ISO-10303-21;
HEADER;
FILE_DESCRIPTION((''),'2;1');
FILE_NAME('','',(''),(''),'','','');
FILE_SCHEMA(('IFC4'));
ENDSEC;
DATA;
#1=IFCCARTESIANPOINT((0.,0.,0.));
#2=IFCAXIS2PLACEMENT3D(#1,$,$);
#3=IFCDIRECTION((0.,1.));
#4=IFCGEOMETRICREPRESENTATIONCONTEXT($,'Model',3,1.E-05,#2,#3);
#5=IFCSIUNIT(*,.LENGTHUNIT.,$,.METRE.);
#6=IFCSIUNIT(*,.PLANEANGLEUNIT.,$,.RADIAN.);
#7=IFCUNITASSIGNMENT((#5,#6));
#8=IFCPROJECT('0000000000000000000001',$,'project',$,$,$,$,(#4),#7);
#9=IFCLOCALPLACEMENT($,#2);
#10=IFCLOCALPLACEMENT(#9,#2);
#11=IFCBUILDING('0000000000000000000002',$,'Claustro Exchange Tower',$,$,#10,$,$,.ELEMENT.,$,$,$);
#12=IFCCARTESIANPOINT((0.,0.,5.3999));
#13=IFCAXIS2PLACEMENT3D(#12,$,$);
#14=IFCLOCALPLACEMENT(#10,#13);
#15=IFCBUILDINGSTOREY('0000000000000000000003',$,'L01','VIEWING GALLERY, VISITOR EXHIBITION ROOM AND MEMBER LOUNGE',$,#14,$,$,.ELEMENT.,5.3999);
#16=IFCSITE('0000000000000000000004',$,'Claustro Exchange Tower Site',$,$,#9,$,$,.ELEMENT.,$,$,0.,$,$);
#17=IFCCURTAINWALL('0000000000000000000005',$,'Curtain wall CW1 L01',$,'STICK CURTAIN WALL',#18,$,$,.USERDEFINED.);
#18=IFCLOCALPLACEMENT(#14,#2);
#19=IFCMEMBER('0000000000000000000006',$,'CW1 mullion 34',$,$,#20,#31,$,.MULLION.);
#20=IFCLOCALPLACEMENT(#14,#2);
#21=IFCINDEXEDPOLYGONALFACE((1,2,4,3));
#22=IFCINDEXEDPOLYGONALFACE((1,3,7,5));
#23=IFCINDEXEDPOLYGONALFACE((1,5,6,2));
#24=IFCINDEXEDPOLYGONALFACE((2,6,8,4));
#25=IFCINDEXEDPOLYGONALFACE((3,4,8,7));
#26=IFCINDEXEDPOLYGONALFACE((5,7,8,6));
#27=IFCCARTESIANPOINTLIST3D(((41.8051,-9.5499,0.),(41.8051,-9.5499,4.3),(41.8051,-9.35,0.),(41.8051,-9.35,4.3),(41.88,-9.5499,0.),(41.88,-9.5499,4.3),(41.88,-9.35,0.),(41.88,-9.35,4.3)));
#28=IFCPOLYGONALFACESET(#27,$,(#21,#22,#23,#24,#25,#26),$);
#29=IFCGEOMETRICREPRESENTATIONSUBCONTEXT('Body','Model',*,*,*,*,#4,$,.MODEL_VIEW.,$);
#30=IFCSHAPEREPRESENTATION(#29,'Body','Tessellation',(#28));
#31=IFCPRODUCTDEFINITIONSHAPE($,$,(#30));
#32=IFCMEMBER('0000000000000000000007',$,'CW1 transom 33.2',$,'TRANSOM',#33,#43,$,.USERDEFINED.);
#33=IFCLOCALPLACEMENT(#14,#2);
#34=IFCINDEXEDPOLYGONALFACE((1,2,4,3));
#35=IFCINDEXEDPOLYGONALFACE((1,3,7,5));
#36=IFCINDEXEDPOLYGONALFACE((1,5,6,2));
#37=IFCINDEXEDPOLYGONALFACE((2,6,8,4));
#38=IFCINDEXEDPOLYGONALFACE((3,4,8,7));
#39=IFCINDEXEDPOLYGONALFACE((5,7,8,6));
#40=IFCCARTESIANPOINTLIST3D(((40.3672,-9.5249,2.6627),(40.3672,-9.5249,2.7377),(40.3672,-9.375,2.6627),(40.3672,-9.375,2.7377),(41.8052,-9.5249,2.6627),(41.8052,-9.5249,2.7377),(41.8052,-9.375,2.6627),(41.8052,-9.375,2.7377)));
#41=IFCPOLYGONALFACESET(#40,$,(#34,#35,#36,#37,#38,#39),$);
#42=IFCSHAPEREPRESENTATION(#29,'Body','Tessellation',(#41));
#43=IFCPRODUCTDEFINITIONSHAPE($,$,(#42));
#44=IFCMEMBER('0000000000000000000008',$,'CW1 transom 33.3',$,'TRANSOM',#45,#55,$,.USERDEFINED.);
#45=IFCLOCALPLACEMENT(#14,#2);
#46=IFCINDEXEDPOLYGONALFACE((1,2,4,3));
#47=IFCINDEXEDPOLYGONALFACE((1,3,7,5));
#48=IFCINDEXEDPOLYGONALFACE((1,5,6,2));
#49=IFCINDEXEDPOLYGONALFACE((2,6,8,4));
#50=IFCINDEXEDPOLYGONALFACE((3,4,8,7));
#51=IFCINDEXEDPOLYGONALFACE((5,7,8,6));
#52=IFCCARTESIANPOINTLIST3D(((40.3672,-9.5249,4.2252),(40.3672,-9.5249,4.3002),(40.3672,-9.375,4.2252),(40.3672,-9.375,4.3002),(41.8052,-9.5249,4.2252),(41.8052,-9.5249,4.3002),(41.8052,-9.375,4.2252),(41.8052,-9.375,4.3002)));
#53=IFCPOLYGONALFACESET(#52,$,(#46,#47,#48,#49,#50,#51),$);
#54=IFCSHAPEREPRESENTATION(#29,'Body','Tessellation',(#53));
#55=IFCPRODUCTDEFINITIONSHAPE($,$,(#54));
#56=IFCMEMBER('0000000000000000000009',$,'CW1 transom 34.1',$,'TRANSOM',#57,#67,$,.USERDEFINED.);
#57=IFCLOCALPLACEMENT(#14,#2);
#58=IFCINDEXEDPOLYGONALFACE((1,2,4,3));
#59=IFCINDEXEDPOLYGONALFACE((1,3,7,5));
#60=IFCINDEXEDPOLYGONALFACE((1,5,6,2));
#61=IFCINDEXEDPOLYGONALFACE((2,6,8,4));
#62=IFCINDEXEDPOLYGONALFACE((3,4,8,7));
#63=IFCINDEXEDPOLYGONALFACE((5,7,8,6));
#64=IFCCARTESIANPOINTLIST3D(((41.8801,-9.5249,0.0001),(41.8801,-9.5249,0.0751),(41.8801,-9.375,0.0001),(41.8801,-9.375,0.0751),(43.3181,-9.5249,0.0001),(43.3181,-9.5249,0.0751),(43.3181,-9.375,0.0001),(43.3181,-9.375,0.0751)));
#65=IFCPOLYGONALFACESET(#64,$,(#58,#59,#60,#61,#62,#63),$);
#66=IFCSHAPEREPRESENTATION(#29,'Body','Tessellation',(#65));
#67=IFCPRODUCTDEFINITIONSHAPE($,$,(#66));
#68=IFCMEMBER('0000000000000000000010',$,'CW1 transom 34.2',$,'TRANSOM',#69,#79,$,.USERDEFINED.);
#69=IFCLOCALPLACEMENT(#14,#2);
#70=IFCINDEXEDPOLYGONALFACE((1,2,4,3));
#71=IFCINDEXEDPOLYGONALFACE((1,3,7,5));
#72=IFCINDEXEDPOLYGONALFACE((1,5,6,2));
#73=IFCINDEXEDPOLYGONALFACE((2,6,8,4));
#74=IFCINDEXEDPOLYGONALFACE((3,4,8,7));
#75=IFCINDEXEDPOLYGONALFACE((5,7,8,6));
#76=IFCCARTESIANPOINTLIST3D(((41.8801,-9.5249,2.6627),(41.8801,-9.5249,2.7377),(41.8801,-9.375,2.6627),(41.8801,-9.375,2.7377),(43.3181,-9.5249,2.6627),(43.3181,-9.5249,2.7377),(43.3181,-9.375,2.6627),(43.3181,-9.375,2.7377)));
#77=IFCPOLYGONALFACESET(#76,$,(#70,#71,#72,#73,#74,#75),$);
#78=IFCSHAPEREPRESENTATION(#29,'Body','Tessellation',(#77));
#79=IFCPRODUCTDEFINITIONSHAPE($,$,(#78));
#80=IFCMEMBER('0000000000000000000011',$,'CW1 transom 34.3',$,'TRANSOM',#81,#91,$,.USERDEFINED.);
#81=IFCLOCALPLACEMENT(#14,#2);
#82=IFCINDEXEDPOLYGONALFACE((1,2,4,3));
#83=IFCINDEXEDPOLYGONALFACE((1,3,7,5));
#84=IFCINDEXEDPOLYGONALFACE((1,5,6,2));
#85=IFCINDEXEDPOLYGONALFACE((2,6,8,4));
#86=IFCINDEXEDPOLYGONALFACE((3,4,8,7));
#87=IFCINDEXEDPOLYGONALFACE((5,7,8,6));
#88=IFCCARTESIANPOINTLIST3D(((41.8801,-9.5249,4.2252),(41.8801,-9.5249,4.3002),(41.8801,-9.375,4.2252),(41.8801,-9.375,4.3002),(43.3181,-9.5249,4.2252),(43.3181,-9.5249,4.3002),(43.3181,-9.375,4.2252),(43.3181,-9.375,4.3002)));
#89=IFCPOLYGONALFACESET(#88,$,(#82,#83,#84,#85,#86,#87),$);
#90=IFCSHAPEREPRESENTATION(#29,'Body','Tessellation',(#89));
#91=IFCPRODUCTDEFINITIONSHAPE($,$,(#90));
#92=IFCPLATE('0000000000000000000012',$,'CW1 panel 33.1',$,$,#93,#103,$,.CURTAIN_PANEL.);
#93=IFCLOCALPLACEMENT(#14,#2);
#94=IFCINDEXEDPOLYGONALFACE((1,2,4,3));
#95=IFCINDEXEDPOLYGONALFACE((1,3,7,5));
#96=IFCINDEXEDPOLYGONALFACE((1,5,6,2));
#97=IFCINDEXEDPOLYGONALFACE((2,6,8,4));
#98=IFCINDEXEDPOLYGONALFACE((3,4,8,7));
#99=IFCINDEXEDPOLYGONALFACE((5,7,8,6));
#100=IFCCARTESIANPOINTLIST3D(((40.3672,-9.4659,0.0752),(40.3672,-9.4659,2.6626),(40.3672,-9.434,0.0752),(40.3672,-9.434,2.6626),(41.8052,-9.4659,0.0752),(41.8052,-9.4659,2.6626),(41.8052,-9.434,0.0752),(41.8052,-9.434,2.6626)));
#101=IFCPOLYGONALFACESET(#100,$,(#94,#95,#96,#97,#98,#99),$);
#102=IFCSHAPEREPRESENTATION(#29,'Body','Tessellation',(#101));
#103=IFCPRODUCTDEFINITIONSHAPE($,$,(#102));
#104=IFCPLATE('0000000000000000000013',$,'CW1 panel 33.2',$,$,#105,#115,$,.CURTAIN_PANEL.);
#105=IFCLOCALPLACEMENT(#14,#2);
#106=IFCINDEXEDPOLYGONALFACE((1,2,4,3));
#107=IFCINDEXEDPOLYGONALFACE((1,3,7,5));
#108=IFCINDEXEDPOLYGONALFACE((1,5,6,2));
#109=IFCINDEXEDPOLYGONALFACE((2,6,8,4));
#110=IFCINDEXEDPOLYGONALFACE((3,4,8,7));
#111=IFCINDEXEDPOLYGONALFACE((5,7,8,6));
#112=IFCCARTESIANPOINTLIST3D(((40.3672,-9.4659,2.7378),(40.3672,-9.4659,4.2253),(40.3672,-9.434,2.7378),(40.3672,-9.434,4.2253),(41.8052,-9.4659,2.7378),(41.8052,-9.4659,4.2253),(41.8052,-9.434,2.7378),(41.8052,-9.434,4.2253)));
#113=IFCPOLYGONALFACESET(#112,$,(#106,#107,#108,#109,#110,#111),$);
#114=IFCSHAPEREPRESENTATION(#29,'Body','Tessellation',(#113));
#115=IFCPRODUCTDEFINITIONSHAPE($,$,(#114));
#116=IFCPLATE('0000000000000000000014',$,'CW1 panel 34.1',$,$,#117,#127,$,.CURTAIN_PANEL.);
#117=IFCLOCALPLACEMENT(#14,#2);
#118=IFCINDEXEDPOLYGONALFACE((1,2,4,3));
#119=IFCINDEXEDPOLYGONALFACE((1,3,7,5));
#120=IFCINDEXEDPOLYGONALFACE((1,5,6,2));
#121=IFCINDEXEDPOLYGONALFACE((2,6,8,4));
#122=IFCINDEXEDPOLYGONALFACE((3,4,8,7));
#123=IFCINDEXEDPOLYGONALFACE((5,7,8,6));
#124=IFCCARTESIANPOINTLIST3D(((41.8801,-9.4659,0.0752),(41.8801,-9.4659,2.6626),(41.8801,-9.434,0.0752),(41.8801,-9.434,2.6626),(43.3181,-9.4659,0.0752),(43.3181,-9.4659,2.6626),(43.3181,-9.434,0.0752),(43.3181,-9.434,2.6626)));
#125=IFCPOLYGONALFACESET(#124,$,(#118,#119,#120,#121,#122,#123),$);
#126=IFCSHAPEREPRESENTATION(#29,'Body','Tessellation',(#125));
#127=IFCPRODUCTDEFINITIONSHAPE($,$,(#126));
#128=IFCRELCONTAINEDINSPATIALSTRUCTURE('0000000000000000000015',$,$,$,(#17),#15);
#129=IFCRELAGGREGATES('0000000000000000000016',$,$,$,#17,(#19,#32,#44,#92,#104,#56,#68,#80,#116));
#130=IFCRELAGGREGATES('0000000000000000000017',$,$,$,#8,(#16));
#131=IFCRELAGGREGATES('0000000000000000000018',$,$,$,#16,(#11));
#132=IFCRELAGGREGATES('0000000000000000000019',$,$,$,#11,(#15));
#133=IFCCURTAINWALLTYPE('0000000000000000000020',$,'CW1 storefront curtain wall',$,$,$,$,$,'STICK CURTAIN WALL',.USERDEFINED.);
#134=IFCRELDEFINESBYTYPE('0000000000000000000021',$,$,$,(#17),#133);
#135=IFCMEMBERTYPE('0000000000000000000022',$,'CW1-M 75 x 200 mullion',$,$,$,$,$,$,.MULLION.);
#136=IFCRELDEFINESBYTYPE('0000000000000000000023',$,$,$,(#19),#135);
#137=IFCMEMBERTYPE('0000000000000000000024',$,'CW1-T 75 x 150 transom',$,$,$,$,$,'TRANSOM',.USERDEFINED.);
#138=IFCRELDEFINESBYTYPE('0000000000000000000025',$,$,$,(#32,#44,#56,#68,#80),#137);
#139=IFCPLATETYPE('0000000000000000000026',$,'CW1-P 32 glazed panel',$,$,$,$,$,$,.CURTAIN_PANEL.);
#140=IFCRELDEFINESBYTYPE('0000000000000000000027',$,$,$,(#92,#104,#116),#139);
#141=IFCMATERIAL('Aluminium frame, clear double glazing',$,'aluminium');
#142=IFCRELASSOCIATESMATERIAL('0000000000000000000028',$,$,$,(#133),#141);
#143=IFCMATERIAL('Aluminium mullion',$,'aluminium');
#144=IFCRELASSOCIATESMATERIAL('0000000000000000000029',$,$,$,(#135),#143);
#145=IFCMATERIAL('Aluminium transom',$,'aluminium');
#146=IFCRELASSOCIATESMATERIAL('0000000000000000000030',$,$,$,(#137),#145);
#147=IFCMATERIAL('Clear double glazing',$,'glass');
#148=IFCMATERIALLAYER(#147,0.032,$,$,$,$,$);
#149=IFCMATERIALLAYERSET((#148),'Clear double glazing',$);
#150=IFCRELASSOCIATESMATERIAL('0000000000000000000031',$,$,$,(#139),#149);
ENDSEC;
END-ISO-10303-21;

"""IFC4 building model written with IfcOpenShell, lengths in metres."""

from ifc_helpers import new_model, si_unit, direction, frame, origin, origin_2d, place, context, subcontext, project, spatial, rectangle, extrude, material, layer, layer_set, material_profile, profile_set, type_object, element, aggregate, save


model = new_model("IFC4")

# Units and contexts
model_context = context("Model", 3, precision=1e-05, world=origin(), true_north=direction((0.0, 1.0)))
body_context = subcontext(model_context, "Body", "Model", "MODEL_VIEW")
ifc_project = project(units=[si_unit("LENGTHUNIT", "METRE"), si_unit("PLANEANGLEUNIT", "RADIAN")], contexts=[model_context])

# Site, building, storey
site_placement = place(None, origin())
site = spatial("IfcSite", under=ifc_project, at=site_placement, Name="Claustro Exchange Tower Site", CompositionType="ELEMENT", RefElevation=0.0)
building_placement = place(site_placement, origin())
building = spatial("IfcBuilding", under=site, at=building_placement, Name="Claustro Exchange Tower", CompositionType="ELEMENT")
storey_placement = place(building_placement, frame((0.0, 0.0, 5.3999)))
storey = spatial("IfcBuildingStorey", under=building, at=storey_placement, Name="L01", Description="VIEWING GALLERY, VISITOR EXHIBITION ROOM AND MEMBER LOUNGE", CompositionType="ELEMENT", Elevation=5.3999)

# Curtain wall, members, plates
ifc_material_1 = material(Name="Aluminium frame, clear double glazing", Category="aluminium")
curtain_wall_type = type_object("IfcCurtainWallType", Name="CW1 storefront curtain wall", ElementType="STICK CURTAIN WALL", PredefinedType="USERDEFINED", material=ifc_material_1)
curtain_wall_placement = place(storey_placement, origin())
curtain_wall = element("IfcCurtainWall", 1, at=curtain_wall_placement, inside=storey, type_object=curtain_wall_type, Name="Curtain wall CW1 L01", ObjectType="STICK CURTAIN WALL", PredefinedType="USERDEFINED")
ifc_material_2 = material(Name="Aluminium mullion", Category="aluminium")
ifc_material_profile_1 = material_profile(ifc_material_2, rectangle(XDim=0.2, YDim=0.075, at=origin_2d()), Name="CW1-M 75x200")
ifc_profile_set_1 = profile_set([ifc_material_profile_1], Name="Aluminium mullion")
member_type_1 = type_object("IfcMemberType", Name="CW1-M 75 x 200 mullion", PredefinedType="MULLION", material=ifc_profile_set_1)
member_1_placement = place(storey_placement, frame((41.8425, -9.45, 0.0), z_axis=(0.0, 0.0, 1.0), x_axis=(0.0, 1.0, 0.0)))
member_1 = element("IfcMember", 2, at=member_1_placement, type_object=member_type_1, Name="CW1 mullion 34", PredefinedType="MULLION", context=body_context, shape_type="SweptSolid", body=[
    extrude(rectangle(XDim=0.2, YDim=0.075, at=origin_2d()), origin(), (0.0, 0.0, 1.0), 4.3),
])
ifc_material_3 = material(Name="Aluminium transom", Category="aluminium")
ifc_material_profile_2 = material_profile(ifc_material_3, rectangle(XDim=0.1499, YDim=0.075, at=origin_2d()), Name="CW1-T 75x150")
ifc_profile_set_2 = profile_set([ifc_material_profile_2], Name="Aluminium transom")
member_type_2 = type_object("IfcMemberType", Name="CW1-T 75 x 150 transom", ElementType="TRANSOM", PredefinedType="USERDEFINED", material=ifc_profile_set_2)
member_2_placement = place(storey_placement, frame((40.3672, -9.45, 2.7002), z_axis=(1.0, 0.0, 0.0), x_axis=(0.0, 1.0, 0.0)))
member_2 = element("IfcMember", 3, at=member_2_placement, type_object=member_type_2, Name="CW1 transom 33.2", ObjectType="TRANSOM", PredefinedType="USERDEFINED", context=body_context, shape_type="SweptSolid", body=[
    extrude(rectangle(XDim=0.1499, YDim=0.075, at=origin_2d()), origin(), (0.0, 0.0, 1.0), 1.438),
])
member_3_placement = place(storey_placement, frame((40.3672, -9.45, 4.2627), z_axis=(1.0, 0.0, 0.0), x_axis=(0.0, 1.0, 0.0)))
member_3 = element("IfcMember", 4, at=member_3_placement, type_object=member_type_2, Name="CW1 transom 33.3", ObjectType="TRANSOM", PredefinedType="USERDEFINED", context=body_context, shape_type="SweptSolid", body=[
    extrude(rectangle(XDim=0.1499, YDim=0.075, at=origin_2d()), origin(), (0.0, 0.0, 1.0), 1.438),
])
member_4_placement = place(storey_placement, frame((41.8801, -9.45, 0.0376), z_axis=(1.0, 0.0, 0.0), x_axis=(0.0, 1.0, 0.0)))
member_4 = element("IfcMember", 5, at=member_4_placement, type_object=member_type_2, Name="CW1 transom 34.1", ObjectType="TRANSOM", PredefinedType="USERDEFINED", context=body_context, shape_type="SweptSolid", body=[
    extrude(rectangle(XDim=0.1499, YDim=0.075, at=origin_2d()), origin(), (0.0, 0.0, 1.0), 1.438),
])
member_5_placement = place(storey_placement, frame((41.8801, -9.45, 2.7002), z_axis=(1.0, 0.0, 0.0), x_axis=(0.0, 1.0, 0.0)))
member_5 = element("IfcMember", 6, at=member_5_placement, type_object=member_type_2, Name="CW1 transom 34.2", ObjectType="TRANSOM", PredefinedType="USERDEFINED", context=body_context, shape_type="SweptSolid", body=[
    extrude(rectangle(XDim=0.1499, YDim=0.075, at=origin_2d()), origin(), (0.0, 0.0, 1.0), 1.438),
])
member_6_placement = place(storey_placement, frame((41.8801, -9.45, 4.2627), z_axis=(1.0, 0.0, 0.0), x_axis=(0.0, 1.0, 0.0)))
member_6 = element("IfcMember", 7, at=member_6_placement, type_object=member_type_2, Name="CW1 transom 34.3", ObjectType="TRANSOM", PredefinedType="USERDEFINED", context=body_context, shape_type="SweptSolid", body=[
    extrude(rectangle(XDim=0.1499, YDim=0.075, at=origin_2d()), origin(), (0.0, 0.0, 1.0), 1.438),
])
ifc_material_4 = material(Name="Clear double glazing", Category="glass")
ifc_layer = layer(ifc_material_4, 0.032)
ifc_layer_set = layer_set([ifc_layer], Name="Clear double glazing")
plate_type = type_object("IfcPlateType", Name="CW1-P 32 glazed panel", PredefinedType="CURTAIN_PANEL", material=ifc_layer_set)
plate_1_placement = place(storey_placement, frame((41.0862, -9.45, 0.0752), z_axis=(0.0, 0.0, 1.0), x_axis=(1.0, 0.0, 0.0)))
plate_1 = element("IfcPlate", 8, at=plate_1_placement, type_object=plate_type, Name="CW1 panel 33.1", PredefinedType="CURTAIN_PANEL", context=body_context, shape_type="SweptSolid", body=[
    extrude(rectangle(XDim=1.438, YDim=0.032, at=origin_2d()), origin(), (0.0, 0.0, 1.0), 2.5874),
])
plate_2_placement = place(storey_placement, frame((41.0862, -9.45, 2.7378), z_axis=(0.0, 0.0, 1.0), x_axis=(1.0, 0.0, 0.0)))
plate_2 = element("IfcPlate", 9, at=plate_2_placement, type_object=plate_type, Name="CW1 panel 33.2", PredefinedType="CURTAIN_PANEL", context=body_context, shape_type="SweptSolid", body=[
    extrude(rectangle(XDim=1.438, YDim=0.032, at=origin_2d()), origin(), (0.0, 0.0, 1.0), 1.4875),
])
plate_3_placement = place(storey_placement, frame((42.5991, -9.45, 0.0752), z_axis=(0.0, 0.0, 1.0), x_axis=(1.0, 0.0, 0.0)))
plate_3 = element("IfcPlate", 10, at=plate_3_placement, type_object=plate_type, Name="CW1 panel 34.1", PredefinedType="CURTAIN_PANEL", context=body_context, shape_type="SweptSolid", body=[
    extrude(rectangle(XDim=1.438, YDim=0.032, at=origin_2d()), origin(), (0.0, 0.0, 1.0), 2.5874),
])
aggregate(curtain_wall, [member_1, member_2, member_3, plate_1, plate_2, member_4, member_5, member_6, plate_3])

save(model, "model.ifc")
